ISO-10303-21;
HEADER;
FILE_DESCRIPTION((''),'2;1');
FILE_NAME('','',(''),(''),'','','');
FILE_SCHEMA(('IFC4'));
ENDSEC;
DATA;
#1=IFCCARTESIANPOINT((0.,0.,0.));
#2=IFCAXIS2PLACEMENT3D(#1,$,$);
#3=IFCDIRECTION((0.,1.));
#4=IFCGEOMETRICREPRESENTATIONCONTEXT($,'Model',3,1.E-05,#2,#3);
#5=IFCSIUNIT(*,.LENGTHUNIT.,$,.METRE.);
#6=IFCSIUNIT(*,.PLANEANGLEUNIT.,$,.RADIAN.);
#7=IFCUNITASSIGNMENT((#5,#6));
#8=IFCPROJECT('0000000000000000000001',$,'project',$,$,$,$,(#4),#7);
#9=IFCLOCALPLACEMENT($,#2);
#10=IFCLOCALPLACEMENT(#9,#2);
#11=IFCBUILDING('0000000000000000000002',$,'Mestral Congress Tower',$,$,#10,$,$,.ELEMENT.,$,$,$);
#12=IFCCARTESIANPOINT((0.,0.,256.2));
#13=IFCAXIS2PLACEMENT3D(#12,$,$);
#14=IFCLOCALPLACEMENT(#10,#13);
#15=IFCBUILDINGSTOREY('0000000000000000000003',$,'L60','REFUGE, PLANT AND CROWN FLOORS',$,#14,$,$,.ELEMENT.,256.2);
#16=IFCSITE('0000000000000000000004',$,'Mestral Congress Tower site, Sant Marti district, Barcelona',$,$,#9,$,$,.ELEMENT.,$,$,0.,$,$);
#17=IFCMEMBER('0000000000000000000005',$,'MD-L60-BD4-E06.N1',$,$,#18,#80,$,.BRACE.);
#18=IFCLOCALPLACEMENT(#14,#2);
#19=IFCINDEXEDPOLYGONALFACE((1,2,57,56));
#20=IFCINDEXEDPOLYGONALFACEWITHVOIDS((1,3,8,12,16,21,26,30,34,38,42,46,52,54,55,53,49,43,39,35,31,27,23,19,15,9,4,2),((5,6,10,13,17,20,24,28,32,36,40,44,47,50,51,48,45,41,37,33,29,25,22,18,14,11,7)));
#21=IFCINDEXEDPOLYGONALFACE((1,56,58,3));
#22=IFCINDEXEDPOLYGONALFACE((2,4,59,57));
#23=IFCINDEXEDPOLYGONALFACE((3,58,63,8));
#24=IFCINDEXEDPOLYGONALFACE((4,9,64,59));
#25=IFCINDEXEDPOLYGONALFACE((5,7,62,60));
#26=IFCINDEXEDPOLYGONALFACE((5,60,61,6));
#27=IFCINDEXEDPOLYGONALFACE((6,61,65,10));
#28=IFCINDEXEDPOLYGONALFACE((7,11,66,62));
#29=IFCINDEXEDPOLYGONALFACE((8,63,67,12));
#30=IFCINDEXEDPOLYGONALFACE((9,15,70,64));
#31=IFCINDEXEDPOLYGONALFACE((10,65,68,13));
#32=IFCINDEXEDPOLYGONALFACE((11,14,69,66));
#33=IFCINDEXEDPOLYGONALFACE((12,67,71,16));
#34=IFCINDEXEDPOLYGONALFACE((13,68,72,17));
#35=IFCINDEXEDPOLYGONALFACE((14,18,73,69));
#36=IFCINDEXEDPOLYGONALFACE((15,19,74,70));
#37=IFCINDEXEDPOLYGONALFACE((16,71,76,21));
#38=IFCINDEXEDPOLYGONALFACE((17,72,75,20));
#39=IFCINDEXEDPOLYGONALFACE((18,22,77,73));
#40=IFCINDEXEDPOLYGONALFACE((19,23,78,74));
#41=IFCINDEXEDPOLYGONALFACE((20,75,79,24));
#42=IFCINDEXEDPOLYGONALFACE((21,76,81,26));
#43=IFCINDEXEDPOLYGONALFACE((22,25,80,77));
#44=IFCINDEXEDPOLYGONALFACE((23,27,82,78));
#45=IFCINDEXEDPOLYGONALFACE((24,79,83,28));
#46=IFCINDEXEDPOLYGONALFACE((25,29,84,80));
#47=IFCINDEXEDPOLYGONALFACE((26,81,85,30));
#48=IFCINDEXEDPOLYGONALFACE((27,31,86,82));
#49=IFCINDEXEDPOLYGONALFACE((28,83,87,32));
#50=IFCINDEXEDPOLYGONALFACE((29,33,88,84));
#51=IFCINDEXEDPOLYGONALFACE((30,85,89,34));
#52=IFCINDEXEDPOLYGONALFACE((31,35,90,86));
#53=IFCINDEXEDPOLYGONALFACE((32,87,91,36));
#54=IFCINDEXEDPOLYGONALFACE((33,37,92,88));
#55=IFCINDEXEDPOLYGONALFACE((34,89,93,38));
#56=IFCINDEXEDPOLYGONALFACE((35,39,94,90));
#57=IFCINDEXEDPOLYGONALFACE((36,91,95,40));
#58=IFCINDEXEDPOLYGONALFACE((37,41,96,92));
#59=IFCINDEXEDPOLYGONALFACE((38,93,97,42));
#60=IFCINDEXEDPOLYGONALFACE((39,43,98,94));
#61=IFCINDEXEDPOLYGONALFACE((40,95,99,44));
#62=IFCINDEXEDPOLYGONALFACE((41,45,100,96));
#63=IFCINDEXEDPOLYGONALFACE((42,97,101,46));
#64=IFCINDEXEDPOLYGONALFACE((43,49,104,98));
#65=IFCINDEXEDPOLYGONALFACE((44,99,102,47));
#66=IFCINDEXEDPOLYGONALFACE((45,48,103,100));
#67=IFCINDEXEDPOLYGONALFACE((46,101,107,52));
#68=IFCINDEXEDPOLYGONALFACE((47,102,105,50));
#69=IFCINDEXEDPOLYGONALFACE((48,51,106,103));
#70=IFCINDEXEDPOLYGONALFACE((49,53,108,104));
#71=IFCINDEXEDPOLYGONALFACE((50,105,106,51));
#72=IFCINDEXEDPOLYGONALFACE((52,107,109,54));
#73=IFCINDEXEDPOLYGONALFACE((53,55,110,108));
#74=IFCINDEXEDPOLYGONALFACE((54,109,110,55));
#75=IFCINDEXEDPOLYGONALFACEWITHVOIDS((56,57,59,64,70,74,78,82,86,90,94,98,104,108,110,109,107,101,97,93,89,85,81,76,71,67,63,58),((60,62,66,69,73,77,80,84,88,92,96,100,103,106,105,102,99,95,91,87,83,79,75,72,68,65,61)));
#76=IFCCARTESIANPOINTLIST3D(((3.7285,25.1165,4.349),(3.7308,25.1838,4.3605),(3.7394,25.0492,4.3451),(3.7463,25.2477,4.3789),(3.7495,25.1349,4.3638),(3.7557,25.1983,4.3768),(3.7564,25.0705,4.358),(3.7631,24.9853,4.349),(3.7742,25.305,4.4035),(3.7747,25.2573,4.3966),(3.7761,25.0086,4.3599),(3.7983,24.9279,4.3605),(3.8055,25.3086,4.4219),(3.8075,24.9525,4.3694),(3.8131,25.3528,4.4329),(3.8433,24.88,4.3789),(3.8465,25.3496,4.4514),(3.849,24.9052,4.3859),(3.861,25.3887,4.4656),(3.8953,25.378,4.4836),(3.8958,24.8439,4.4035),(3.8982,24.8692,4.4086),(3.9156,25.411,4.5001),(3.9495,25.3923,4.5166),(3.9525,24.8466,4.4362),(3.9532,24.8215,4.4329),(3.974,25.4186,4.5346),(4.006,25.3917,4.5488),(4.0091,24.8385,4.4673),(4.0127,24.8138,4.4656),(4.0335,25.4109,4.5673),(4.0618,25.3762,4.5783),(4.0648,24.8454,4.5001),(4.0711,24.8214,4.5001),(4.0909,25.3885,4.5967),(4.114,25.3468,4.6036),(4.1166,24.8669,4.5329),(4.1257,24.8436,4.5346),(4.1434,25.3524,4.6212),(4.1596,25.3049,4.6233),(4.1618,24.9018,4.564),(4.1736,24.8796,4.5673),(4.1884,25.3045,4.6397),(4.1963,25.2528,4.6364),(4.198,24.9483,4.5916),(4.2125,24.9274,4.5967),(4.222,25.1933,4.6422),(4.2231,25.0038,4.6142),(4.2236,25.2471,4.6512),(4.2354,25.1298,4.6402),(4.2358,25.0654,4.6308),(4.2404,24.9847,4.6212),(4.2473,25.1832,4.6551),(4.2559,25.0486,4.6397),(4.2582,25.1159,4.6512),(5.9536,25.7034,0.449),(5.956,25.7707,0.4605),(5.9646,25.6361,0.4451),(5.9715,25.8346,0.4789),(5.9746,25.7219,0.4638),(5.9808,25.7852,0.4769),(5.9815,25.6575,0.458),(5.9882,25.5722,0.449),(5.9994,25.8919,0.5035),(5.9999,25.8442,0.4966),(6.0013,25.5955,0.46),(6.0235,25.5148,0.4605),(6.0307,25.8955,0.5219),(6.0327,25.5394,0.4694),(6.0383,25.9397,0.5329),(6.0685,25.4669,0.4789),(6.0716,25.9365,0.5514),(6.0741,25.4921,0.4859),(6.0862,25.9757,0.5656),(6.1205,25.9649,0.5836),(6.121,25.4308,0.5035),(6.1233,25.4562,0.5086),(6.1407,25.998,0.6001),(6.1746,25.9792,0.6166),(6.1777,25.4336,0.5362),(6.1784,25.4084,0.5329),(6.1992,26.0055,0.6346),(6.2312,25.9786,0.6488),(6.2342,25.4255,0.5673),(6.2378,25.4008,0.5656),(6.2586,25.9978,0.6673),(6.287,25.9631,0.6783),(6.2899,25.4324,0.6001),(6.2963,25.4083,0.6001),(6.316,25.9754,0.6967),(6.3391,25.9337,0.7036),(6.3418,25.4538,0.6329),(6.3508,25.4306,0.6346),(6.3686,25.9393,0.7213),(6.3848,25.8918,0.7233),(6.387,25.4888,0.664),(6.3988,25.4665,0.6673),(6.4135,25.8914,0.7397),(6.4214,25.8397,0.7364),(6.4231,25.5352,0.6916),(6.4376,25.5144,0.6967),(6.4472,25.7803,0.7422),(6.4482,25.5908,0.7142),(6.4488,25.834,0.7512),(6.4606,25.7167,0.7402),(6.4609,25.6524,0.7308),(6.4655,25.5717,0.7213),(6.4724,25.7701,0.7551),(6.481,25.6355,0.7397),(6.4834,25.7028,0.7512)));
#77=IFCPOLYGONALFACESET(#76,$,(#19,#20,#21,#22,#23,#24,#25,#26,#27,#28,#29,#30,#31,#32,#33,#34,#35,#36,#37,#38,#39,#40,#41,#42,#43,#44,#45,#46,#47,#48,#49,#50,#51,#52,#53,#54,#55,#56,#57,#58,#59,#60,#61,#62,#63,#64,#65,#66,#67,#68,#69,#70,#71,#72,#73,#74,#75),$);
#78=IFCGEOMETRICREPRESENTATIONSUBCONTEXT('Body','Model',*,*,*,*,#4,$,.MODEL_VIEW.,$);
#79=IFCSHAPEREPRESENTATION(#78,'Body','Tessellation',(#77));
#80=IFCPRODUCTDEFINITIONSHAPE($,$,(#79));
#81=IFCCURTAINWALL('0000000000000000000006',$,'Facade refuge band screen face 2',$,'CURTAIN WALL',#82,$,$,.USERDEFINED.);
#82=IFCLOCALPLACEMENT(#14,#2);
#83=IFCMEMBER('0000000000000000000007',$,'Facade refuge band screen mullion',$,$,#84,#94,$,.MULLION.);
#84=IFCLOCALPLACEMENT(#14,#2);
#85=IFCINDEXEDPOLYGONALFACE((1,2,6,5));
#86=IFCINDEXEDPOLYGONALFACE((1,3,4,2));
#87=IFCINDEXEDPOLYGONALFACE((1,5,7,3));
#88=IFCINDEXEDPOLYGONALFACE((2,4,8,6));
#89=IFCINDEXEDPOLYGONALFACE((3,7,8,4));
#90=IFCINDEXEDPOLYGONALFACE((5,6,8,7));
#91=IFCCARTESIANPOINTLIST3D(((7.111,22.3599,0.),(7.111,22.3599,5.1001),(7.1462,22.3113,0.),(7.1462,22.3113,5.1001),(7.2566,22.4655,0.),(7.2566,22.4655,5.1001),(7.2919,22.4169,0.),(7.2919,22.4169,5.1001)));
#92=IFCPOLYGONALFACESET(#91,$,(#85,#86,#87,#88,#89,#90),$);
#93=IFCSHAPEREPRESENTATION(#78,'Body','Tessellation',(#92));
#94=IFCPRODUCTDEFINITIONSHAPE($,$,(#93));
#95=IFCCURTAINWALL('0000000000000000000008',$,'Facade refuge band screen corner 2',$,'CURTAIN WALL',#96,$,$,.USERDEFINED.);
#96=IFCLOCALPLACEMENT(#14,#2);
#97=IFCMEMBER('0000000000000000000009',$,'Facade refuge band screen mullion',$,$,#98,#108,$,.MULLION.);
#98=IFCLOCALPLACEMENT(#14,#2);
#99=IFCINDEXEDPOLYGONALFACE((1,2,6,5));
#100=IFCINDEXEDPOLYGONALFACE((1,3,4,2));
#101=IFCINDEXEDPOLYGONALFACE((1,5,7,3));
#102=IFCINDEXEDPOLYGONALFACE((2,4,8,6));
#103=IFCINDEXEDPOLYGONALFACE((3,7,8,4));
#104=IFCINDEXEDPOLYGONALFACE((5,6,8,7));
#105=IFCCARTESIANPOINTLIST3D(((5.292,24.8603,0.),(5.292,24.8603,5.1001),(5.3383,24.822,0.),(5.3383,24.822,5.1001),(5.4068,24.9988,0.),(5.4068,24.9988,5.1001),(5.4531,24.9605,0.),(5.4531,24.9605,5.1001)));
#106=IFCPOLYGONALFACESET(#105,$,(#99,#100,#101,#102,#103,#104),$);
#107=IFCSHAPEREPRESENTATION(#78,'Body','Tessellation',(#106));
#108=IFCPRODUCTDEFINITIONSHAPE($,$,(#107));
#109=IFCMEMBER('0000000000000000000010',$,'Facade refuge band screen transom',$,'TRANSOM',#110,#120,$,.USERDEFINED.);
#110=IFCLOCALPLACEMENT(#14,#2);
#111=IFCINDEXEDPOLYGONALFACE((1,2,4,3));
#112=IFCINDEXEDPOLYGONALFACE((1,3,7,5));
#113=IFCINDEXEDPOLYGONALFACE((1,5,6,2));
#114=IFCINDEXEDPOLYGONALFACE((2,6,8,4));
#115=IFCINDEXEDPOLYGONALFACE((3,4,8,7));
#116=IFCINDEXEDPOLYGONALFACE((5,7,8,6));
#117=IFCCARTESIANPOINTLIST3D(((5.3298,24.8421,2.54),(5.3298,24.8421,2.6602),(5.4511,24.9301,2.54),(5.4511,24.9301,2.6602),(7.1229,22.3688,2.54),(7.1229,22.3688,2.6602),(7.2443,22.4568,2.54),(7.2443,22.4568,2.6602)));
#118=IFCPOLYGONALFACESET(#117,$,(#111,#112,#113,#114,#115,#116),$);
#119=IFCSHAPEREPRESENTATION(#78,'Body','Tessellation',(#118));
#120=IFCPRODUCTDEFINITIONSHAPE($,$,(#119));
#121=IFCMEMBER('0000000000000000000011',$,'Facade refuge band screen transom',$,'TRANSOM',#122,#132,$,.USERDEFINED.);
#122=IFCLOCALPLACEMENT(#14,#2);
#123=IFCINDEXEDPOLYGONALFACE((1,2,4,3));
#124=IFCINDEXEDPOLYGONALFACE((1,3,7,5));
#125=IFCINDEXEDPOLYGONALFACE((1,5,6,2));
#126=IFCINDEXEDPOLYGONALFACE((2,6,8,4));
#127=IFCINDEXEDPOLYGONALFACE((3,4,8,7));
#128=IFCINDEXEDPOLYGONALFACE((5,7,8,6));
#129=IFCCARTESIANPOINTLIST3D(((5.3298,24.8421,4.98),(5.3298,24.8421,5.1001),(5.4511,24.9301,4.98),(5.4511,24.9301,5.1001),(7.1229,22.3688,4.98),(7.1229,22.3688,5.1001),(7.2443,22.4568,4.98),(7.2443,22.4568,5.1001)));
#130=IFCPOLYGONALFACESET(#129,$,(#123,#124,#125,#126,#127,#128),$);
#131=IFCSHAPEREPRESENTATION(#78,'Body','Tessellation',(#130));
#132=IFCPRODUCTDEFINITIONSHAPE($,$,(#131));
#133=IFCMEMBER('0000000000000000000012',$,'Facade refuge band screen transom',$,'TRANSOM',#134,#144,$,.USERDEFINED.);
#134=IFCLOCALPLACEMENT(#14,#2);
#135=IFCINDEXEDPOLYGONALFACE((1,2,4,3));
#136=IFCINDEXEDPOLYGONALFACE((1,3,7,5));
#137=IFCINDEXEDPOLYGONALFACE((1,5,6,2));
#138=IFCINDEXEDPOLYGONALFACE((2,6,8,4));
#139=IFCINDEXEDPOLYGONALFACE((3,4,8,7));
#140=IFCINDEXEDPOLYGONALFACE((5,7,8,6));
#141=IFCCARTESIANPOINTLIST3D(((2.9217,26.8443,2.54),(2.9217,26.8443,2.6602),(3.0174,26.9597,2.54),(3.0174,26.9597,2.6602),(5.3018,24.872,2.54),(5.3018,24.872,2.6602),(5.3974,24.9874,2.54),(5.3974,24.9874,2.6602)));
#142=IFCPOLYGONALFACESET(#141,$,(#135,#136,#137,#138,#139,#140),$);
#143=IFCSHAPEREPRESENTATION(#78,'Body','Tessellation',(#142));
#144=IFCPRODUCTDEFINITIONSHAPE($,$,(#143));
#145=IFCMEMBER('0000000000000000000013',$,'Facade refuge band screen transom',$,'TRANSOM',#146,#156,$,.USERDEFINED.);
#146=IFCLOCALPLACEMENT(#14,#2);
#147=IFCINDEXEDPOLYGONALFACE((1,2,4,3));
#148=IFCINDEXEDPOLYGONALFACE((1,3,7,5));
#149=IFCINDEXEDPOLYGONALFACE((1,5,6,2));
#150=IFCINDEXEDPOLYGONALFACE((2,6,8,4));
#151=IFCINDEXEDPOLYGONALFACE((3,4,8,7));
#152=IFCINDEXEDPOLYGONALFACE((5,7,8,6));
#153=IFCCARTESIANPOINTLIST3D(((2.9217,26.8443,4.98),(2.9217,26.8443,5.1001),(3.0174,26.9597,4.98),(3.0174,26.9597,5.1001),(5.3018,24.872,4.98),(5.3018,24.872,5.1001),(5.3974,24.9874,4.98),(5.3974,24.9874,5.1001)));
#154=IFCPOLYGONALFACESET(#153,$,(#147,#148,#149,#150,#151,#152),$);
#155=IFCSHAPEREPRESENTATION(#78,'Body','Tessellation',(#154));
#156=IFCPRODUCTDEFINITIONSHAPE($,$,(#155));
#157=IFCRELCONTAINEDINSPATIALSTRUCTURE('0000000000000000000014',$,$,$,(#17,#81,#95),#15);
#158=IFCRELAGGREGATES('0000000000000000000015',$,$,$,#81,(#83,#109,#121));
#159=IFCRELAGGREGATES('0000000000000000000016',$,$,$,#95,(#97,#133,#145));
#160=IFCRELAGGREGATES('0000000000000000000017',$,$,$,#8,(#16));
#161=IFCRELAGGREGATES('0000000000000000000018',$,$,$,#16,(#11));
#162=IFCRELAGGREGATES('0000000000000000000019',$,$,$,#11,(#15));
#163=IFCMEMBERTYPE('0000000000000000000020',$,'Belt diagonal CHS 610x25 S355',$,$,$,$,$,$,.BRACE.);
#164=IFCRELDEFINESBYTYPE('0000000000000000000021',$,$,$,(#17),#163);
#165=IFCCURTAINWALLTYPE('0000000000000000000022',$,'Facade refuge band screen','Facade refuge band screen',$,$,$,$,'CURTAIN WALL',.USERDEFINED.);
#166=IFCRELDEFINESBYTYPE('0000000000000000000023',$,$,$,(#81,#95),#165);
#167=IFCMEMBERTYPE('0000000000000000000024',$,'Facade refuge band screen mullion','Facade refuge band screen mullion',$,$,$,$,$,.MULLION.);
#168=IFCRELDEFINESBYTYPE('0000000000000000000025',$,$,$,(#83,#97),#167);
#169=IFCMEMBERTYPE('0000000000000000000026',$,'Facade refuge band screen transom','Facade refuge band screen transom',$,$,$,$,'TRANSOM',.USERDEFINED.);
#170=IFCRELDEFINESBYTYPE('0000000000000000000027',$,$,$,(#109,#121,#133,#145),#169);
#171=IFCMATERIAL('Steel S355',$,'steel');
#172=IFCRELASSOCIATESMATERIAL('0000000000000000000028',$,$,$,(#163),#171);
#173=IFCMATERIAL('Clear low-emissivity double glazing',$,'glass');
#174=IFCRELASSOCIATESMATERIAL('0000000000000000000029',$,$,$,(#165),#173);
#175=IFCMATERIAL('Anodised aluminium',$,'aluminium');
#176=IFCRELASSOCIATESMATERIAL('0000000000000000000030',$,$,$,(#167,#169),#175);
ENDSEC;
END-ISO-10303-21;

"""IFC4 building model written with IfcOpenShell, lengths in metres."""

from ifc_helpers import new_model, si_unit, direction, frame, origin, origin_2d, place, context, subcontext, project, spatial, rectangle, hollow_circle, extrude, material, material_profile, profile_set, type_object, element, aggregate, save


model = new_model("IFC4")

# Units and contexts
model_context = context("Model", 3, precision=1e-05, world=origin(), true_north=direction((0.0, 1.0)))
body_context = subcontext(model_context, "Body", "Model", "MODEL_VIEW")
ifc_project = project(units=[si_unit("LENGTHUNIT", "METRE"), si_unit("PLANEANGLEUNIT", "RADIAN")], contexts=[model_context])

# Site, building, storey
site_placement = place(None, origin())
site = spatial("IfcSite", under=ifc_project, at=site_placement, Name="Mestral Congress Tower site, Sant Marti district, Barcelona", CompositionType="ELEMENT", RefElevation=0.0)
building_placement = place(site_placement, origin())
building = spatial("IfcBuilding", under=site, at=building_placement, Name="Mestral Congress Tower", CompositionType="ELEMENT")
storey_placement = place(building_placement, frame((0.0, 0.0, 256.2)))
storey = spatial("IfcBuildingStorey", under=building, at=storey_placement, Name="L60", Description="REFUGE, PLANT AND CROWN FLOORS", CompositionType="ELEMENT", Elevation=256.2)

# Member
ifc_material_1 = material(Name="Steel S355", Category="steel")
ifc_material_profile_1 = material_profile(ifc_material_1, hollow_circle(Radius=0.3049, WallThickness=0.0249, at=origin_2d()), Name="CHS 610x25")
ifc_profile_set_1 = profile_set([ifc_material_profile_1], Name="Steel S355")
member_type_1 = type_object("IfcMemberType", Name="Belt diagonal CHS 610x25 S355", PredefinedType="BRACE", material=ifc_profile_set_1)
member_1_placement = place(storey_placement, frame((6.2185, 25.7031, 0.6001), z_axis=(-0.491385, -0.129613, 0.861244), x_axis=(0.255047, -0.966929, 0.0)))
element("IfcMember", 1, at=member_1_placement, inside=storey, type_object=member_type_1, Name="MD-L60-BD4-E06.N1", PredefinedType="BRACE", context=body_context, shape_type="SweptSolid", body=[
    extrude(hollow_circle(Radius=0.3049, WallThickness=0.0249, at=origin_2d()), origin(), (0.0, 0.0, 1.0), 4.5283),
])

# Curtain walls, members
ifc_material_2 = material(Name="Clear low-emissivity double glazing", Category="glass")
curtain_wall_type = type_object("IfcCurtainWallType", Name="Facade refuge band screen", Description="Facade refuge band screen", ElementType="CURTAIN WALL", PredefinedType="USERDEFINED", material=ifc_material_2)
placement = place(storey_placement, origin())
curtain_wall_1 = element("IfcCurtainWall", 2, at=placement, inside=storey, type_object=curtain_wall_type, Name="Facade refuge band screen face 2", ObjectType="CURTAIN WALL", PredefinedType="USERDEFINED")
ifc_material_3 = material(Name="Anodised aluminium", Category="aluminium")
ifc_material_profile_2 = material_profile(ifc_material_3, rectangle(XDim=0.1799, YDim=0.0601, at=origin_2d()), Name="CW3 mullion 180 x 60")
ifc_profile_set_2 = profile_set([ifc_material_profile_2], Name="Anodised aluminium")
member_type_2 = type_object("IfcMemberType", Name="Facade refuge band screen mullion", Description="Facade refuge band screen mullion", PredefinedType="MULLION", material=ifc_profile_set_2)
member_2_placement = place(storey_placement, frame((7.2014, 22.3884, 0.0), z_axis=(0.0, 0.0, 1.0), x_axis=(0.80958, 0.58701, 0.0)))
member_2 = element("IfcMember", 3, at=member_2_placement, type_object=member_type_2, Name="Facade refuge band screen mullion", PredefinedType="MULLION", context=body_context, shape_type="SweptSolid", body=[
    extrude(rectangle(XDim=0.1799, YDim=0.0601, at=origin_2d()), origin(), (0.0, 0.0, 1.0), 5.1001),
])
curtain_wall_2 = element("IfcCurtainWall", 4, at=placement, inside=storey, type_object=curtain_wall_type, Name="Facade refuge band screen corner 2", ObjectType="CURTAIN WALL", PredefinedType="USERDEFINED")
member_3_placement = place(storey_placement, frame((5.3726, 24.9104, 0.0), z_axis=(0.0, 0.0, 1.0), x_axis=(0.638088, 0.769963, 0.0)))
member_3 = element("IfcMember", 5, at=member_3_placement, type_object=member_type_2, Name="Facade refuge band screen mullion", PredefinedType="MULLION", context=body_context, shape_type="SweptSolid", body=[
    extrude(rectangle(XDim=0.1799, YDim=0.0601, at=origin_2d()), origin(), (0.0, 0.0, 1.0), 5.1001),
])

# Members
ifc_material_profile_3 = material_profile(ifc_material_3, rectangle(XDim=0.1499, YDim=0.1201, at=origin_2d()), Name="CW3 transom 150 x 120")
ifc_profile_set_3 = profile_set([ifc_material_profile_3], Name="Anodised aluminium")
member_type_3 = type_object("IfcMemberType", Name="Facade refuge band screen transom", Description="Facade refuge band screen transom", ElementType="TRANSOM", PredefinedType="USERDEFINED", material=ifc_profile_set_3)
member_4_placement = place(storey_placement, frame((7.1836, 22.4128, 2.6001), z_axis=(-0.586969, 0.809609, 0.0), x_axis=(-0.809609, -0.586969, 0.0)))
member_4 = element("IfcMember", 6, at=member_4_placement, type_object=member_type_3, Name="Facade refuge band screen transom", ObjectType="TRANSOM", PredefinedType="USERDEFINED", context=body_context, shape_type="SweptSolid", body=[
    extrude(rectangle(XDim=0.1499, YDim=0.1201, at=origin_2d()), origin(), (0.0, 0.0, 1.0), 3.0549),
])
member_5_placement = place(storey_placement, frame((7.1836, 22.4128, 5.04), z_axis=(-0.586969, 0.809609, 0.0), x_axis=(-0.809609, -0.586969, 0.0)))
member_5 = element("IfcMember", 7, at=member_5_placement, type_object=member_type_3, Name="Facade refuge band screen transom", ObjectType="TRANSOM", PredefinedType="USERDEFINED", context=body_context, shape_type="SweptSolid", body=[
    extrude(rectangle(XDim=0.1499, YDim=0.1201, at=origin_2d()), origin(), (0.0, 0.0, 1.0), 3.0549),
])
member_6_placement = place(storey_placement, frame((5.3496, 24.9297, 2.6001), z_axis=(-0.769973, 0.638077, 0.0), x_axis=(-0.638077, -0.769973, 0.0)))
member_6 = element("IfcMember", 8, at=member_6_placement, type_object=member_type_3, Name="Facade refuge band screen transom", ObjectType="TRANSOM", PredefinedType="USERDEFINED", context=body_context, shape_type="SweptSolid", body=[
    extrude(rectangle(XDim=0.1499, YDim=0.1201, at=origin_2d()), origin(), (0.0, 0.0, 1.0), 3.0911),
])
member_7_placement = place(storey_placement, frame((5.3496, 24.9297, 5.04), z_axis=(-0.769973, 0.638077, 0.0), x_axis=(-0.638077, -0.769973, 0.0)))
member_7 = element("IfcMember", 9, at=member_7_placement, type_object=member_type_3, Name="Facade refuge band screen transom", ObjectType="TRANSOM", PredefinedType="USERDEFINED", context=body_context, shape_type="SweptSolid", body=[
    extrude(rectangle(XDim=0.1499, YDim=0.1201, at=origin_2d()), origin(), (0.0, 0.0, 1.0), 3.0911),
])

aggregate(curtain_wall_1, [member_2, member_4, member_5])
aggregate(curtain_wall_2, [member_3, member_6, member_7])

save(model, "model.ifc")
